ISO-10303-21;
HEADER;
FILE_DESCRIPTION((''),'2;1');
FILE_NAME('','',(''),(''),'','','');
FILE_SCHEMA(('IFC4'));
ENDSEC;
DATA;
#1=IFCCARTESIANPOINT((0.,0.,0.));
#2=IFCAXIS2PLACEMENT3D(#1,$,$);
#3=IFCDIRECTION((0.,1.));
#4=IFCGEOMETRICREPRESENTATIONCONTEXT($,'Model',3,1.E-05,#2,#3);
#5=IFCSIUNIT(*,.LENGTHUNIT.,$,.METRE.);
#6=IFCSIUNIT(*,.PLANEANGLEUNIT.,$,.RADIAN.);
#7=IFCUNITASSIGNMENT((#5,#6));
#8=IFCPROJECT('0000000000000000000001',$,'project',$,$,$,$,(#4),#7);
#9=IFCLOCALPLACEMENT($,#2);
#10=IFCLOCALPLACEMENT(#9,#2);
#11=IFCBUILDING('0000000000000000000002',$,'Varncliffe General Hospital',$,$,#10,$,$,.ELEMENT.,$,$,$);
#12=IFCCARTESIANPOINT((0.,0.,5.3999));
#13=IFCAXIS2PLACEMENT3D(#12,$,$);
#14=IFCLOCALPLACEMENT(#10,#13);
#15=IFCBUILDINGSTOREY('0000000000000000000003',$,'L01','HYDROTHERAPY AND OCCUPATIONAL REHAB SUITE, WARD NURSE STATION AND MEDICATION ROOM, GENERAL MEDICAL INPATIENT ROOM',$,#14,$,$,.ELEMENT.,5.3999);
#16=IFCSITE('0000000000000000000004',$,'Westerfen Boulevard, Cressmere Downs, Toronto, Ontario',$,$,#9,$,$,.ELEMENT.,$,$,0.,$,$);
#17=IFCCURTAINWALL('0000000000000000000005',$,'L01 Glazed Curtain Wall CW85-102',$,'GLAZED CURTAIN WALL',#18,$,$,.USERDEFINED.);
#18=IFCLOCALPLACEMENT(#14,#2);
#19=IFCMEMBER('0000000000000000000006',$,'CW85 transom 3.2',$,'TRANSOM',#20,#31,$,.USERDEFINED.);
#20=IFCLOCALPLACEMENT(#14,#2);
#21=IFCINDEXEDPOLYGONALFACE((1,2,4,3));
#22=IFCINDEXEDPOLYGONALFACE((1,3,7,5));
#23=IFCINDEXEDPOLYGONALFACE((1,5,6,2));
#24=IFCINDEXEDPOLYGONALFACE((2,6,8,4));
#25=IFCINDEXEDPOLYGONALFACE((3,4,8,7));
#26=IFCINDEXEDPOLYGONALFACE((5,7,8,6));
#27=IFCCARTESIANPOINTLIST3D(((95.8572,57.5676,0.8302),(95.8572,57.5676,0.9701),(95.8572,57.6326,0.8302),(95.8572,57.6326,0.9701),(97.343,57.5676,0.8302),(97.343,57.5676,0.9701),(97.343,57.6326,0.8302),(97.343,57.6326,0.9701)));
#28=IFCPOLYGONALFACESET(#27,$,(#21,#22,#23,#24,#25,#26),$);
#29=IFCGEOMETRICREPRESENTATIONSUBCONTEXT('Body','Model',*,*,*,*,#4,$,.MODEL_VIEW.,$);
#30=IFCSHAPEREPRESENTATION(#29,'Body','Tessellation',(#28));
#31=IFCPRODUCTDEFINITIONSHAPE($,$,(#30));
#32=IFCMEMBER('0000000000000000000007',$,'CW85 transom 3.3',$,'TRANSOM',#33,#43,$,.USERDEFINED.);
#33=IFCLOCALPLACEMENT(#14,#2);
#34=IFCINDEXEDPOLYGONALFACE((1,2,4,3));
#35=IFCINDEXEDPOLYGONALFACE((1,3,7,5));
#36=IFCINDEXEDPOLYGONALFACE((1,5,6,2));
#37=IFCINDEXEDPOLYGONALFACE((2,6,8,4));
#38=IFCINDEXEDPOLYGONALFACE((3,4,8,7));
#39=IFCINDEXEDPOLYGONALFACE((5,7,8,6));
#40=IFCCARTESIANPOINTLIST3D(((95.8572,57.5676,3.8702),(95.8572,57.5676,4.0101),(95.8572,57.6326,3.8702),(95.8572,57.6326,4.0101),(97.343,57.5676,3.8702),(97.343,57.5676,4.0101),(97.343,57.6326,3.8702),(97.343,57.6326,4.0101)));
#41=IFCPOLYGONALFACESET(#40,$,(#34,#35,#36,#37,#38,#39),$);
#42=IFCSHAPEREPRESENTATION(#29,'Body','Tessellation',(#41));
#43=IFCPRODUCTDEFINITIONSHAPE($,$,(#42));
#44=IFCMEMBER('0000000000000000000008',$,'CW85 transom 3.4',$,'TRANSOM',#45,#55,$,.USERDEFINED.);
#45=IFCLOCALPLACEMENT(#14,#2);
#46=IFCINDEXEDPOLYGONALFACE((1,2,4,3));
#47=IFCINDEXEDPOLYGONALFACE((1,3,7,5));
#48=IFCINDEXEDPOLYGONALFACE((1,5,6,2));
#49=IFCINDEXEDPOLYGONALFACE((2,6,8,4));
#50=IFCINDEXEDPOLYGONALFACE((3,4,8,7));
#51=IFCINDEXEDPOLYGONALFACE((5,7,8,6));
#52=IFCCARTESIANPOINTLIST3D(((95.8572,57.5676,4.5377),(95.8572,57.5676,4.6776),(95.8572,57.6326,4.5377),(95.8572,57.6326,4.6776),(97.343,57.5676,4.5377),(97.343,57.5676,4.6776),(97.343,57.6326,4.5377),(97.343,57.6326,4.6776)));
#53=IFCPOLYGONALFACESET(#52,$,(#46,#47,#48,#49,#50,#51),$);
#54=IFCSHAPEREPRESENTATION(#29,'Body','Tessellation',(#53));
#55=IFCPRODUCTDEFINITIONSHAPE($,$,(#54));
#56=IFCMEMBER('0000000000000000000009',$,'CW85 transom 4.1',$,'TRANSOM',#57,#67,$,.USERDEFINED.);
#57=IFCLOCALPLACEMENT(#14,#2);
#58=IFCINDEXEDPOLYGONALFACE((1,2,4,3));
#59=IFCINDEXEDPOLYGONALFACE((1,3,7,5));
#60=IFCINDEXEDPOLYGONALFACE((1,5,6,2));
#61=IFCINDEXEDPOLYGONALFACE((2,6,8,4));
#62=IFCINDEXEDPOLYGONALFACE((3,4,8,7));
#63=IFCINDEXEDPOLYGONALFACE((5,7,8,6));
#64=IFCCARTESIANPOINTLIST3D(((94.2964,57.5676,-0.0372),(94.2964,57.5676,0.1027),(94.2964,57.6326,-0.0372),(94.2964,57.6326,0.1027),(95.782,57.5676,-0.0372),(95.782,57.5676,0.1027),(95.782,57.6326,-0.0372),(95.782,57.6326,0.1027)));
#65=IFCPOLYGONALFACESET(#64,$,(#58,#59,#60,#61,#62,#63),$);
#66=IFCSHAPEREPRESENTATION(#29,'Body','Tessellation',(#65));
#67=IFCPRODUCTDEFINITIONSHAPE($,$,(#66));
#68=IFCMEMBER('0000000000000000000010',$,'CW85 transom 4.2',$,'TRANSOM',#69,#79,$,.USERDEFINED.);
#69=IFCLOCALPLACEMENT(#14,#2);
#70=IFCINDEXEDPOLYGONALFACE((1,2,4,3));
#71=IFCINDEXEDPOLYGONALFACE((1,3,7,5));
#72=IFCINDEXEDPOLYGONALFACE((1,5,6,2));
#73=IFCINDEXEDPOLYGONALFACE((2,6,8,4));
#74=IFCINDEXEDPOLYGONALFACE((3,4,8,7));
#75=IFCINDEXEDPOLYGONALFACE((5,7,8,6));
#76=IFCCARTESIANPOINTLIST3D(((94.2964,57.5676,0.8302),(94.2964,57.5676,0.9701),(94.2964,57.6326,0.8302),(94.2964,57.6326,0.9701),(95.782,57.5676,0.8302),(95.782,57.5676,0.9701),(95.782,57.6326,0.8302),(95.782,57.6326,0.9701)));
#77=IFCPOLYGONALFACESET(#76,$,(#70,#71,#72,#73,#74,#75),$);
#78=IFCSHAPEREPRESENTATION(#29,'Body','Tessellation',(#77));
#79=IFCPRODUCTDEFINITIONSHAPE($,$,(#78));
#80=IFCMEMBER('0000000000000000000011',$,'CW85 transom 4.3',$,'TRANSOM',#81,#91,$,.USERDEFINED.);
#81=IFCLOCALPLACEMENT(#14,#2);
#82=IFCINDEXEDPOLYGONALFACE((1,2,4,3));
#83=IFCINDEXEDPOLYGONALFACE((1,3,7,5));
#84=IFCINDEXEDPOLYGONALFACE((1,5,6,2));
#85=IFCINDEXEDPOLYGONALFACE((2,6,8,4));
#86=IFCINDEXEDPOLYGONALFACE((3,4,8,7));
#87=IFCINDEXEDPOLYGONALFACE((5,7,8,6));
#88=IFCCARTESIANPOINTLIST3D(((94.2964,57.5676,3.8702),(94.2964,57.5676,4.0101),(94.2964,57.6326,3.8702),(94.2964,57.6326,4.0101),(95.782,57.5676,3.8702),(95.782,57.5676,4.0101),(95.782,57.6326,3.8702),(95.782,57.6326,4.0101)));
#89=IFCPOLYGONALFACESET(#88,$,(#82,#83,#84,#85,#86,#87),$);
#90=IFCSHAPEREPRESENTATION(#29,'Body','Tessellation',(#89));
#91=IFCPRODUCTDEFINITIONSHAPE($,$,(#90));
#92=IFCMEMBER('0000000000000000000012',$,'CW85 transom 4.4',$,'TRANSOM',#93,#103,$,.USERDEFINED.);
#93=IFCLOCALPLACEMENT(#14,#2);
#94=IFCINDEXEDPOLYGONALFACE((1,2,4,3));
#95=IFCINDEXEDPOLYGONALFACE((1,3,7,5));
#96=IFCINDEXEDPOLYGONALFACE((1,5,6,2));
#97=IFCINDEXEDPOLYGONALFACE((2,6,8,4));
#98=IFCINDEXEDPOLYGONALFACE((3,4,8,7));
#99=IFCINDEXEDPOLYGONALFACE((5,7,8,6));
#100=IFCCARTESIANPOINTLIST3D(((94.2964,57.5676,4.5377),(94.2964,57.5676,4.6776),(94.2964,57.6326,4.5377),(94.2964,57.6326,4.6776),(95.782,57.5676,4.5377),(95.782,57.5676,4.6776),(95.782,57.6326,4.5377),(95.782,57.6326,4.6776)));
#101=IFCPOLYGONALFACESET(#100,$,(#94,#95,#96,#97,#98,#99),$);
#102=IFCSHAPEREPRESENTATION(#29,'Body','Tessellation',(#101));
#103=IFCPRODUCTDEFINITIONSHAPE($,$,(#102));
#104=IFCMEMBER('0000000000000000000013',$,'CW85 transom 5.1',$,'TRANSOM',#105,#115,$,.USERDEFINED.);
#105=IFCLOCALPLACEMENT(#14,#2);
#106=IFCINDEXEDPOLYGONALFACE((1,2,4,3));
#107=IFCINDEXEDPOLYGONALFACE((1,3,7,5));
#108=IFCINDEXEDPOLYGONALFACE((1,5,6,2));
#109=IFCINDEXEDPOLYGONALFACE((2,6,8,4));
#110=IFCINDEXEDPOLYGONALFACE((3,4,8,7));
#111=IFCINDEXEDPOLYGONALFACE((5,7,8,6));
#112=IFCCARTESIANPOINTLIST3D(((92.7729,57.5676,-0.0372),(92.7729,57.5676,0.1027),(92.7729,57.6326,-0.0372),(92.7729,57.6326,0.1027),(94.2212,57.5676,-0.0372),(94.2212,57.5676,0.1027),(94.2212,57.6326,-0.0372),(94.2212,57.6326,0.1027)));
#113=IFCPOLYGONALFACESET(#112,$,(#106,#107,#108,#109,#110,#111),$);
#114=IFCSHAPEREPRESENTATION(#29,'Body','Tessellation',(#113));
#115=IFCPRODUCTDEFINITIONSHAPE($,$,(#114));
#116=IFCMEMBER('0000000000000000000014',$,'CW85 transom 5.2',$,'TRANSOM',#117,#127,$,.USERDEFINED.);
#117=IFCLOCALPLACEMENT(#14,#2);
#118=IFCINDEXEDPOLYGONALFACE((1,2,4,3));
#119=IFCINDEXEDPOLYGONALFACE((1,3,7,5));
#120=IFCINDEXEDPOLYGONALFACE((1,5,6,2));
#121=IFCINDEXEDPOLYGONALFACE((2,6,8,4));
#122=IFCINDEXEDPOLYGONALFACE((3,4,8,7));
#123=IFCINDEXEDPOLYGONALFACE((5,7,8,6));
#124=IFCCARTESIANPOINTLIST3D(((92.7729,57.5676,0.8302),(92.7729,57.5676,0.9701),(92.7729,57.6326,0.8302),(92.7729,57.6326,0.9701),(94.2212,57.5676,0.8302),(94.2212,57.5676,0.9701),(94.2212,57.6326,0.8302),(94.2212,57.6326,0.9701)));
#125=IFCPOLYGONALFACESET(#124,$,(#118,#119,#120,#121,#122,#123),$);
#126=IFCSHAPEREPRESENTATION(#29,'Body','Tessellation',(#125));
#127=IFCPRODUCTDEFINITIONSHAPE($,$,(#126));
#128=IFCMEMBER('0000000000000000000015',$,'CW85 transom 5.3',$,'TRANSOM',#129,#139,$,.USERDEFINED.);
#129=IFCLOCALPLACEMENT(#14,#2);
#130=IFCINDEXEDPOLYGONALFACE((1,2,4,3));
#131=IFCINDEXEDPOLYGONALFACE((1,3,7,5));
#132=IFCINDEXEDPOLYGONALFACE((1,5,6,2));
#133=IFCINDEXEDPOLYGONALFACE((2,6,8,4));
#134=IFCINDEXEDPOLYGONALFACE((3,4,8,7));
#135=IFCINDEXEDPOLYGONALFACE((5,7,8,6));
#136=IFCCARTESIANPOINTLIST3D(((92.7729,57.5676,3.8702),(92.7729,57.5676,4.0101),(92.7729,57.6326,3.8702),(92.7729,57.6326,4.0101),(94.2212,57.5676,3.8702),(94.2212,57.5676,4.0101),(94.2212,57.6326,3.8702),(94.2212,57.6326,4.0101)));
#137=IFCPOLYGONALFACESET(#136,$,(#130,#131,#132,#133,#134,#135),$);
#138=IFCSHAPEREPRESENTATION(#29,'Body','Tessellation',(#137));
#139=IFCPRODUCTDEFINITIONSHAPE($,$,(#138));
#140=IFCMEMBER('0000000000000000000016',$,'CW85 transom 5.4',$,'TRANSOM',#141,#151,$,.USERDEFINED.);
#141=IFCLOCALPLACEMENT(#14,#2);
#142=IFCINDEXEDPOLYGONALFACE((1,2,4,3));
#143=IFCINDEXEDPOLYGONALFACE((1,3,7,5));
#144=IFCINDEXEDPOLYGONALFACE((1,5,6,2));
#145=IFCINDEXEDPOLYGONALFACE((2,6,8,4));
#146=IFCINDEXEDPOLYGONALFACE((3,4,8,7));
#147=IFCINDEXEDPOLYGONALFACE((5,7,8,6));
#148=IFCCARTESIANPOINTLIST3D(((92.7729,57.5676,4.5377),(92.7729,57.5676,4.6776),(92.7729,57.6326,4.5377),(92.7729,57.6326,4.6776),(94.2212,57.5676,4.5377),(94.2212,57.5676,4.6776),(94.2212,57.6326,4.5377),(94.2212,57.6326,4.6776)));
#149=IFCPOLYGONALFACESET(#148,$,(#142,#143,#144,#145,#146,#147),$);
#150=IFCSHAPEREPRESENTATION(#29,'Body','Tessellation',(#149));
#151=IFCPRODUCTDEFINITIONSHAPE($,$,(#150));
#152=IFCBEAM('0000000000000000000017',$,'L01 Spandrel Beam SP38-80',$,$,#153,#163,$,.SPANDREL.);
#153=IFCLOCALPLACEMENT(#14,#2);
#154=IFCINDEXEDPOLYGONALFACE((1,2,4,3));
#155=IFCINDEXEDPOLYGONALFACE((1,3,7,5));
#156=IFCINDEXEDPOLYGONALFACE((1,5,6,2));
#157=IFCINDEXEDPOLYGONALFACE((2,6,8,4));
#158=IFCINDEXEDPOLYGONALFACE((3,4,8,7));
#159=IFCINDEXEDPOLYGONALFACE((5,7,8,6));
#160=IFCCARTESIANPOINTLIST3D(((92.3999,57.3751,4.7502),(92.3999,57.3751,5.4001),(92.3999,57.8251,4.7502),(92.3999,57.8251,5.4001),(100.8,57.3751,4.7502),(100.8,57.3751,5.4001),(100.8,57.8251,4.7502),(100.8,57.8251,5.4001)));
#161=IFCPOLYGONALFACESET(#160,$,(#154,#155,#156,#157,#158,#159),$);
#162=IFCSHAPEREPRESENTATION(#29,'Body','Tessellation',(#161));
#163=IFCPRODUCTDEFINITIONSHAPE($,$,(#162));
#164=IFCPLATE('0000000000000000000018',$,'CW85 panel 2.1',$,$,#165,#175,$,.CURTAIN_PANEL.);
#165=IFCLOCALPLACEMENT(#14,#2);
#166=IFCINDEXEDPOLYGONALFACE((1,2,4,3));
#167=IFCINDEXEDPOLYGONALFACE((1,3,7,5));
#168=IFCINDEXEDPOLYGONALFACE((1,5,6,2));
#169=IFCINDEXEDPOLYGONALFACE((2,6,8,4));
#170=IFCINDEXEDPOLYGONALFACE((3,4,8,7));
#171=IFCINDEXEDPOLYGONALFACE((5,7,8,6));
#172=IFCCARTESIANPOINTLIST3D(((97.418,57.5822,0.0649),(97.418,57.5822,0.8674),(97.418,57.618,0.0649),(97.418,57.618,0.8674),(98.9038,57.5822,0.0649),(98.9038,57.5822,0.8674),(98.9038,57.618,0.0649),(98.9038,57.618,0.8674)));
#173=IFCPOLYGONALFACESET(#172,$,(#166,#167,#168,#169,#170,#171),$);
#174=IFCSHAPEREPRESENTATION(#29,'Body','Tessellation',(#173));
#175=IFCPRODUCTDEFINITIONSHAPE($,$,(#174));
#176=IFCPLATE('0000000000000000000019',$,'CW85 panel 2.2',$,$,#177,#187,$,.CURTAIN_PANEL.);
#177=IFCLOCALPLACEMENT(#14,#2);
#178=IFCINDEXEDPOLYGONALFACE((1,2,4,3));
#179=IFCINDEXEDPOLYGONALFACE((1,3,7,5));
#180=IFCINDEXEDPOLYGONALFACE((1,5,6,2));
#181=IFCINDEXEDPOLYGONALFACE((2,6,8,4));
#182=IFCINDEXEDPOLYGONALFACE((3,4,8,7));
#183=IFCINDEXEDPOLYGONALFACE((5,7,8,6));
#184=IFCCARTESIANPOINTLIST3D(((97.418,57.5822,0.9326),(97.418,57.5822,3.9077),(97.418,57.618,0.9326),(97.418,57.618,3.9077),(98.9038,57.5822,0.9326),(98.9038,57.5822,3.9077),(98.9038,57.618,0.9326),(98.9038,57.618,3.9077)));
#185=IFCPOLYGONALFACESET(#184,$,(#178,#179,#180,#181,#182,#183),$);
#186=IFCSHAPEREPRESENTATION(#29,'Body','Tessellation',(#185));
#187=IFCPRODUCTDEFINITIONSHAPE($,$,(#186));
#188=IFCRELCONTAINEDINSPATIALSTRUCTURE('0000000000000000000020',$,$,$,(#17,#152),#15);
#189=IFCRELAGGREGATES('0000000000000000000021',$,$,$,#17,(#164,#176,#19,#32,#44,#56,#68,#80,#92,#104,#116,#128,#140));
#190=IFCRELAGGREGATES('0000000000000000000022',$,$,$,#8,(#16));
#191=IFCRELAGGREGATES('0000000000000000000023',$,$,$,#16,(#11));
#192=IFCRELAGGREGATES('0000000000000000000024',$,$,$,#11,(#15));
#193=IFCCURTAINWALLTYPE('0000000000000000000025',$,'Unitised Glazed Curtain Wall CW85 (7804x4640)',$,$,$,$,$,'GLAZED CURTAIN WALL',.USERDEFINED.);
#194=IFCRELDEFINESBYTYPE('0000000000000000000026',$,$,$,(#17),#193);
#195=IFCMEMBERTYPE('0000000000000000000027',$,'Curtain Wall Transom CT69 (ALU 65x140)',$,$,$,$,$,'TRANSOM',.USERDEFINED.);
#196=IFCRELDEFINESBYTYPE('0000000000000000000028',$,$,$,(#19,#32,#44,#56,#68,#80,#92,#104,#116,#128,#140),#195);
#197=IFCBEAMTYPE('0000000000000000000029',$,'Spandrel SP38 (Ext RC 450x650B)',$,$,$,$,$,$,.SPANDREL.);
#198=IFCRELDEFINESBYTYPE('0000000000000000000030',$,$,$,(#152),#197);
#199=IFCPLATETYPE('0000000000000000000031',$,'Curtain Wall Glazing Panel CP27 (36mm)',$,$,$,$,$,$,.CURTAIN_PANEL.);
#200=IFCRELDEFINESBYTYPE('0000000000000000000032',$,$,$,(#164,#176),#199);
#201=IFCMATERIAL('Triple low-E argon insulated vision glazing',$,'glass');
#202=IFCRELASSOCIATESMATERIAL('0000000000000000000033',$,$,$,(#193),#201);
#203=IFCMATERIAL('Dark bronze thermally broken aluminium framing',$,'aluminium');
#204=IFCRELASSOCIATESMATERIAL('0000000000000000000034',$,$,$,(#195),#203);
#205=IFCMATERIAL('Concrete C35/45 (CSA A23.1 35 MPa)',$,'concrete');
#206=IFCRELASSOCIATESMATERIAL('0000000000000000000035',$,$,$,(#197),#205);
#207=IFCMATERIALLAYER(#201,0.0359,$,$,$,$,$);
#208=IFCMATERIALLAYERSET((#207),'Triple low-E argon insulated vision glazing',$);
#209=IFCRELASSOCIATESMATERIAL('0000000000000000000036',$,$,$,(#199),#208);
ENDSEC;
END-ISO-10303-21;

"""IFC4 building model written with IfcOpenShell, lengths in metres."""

from ifc_helpers import new_model, si_unit, direction, frame, origin, origin_2d, place, context, subcontext, project, spatial, rectangle, extrude, material, layer, layer_set, material_profile, profile_set, type_object, element, aggregate, save


model = new_model("IFC4")

# Units and contexts
model_context = context("Model", 3, precision=1e-05, world=origin(), true_north=direction((0.0, 1.0)))
body_context = subcontext(model_context, "Body", "Model", "MODEL_VIEW")
ifc_project = project(units=[si_unit("LENGTHUNIT", "METRE"), si_unit("PLANEANGLEUNIT", "RADIAN")], contexts=[model_context])

# Site, building, storey
site_placement = place(None, origin())
site = spatial("IfcSite", under=ifc_project, at=site_placement, Name="Westerfen Boulevard, Cressmere Downs, Toronto, Ontario", CompositionType="ELEMENT", RefElevation=0.0)
building_placement = place(site_placement, origin())
building = spatial("IfcBuilding", under=site, at=building_placement, Name="Varncliffe General Hospital", CompositionType="ELEMENT")
storey_placement = place(building_placement, frame((0.0, 0.0, 5.3999)))
storey = spatial("IfcBuildingStorey", under=building, at=storey_placement, Name="L01", Description="HYDROTHERAPY AND OCCUPATIONAL REHAB SUITE, WARD NURSE STATION AND MEDICATION ROOM, GENERAL MEDICAL INPATIENT ROOM", CompositionType="ELEMENT", Elevation=5.3999)

# Shared definitions
ifc_material_1 = material(Name="Concrete C35/45 (CSA A23.1 35 MPa)", Category="concrete")

# Shared definitions
ifc_material_2 = material(Name="Triple low-E argon insulated vision glazing", Category="glass")
ifc_material_3 = material(Name="Dark bronze thermally broken aluminium framing", Category="aluminium")

# Curtain wall
curtain_wall_type_1 = type_object("IfcCurtainWallType", Name="Unitised Glazed Curtain Wall CW85 (7804x4640)", ElementType="GLAZED CURTAIN WALL", PredefinedType="USERDEFINED", material=ifc_material_2)
curtain_wall_1_placement = place(storey_placement, origin())
curtain_wall_1 = element("IfcCurtainWall", 1, at=curtain_wall_1_placement, inside=storey, type_object=curtain_wall_type_1, Name="L01 Glazed Curtain Wall CW85-102", ObjectType="GLAZED CURTAIN WALL", PredefinedType="USERDEFINED")

# Members
ifc_material_profile_1 = material_profile(ifc_material_3, rectangle(XDim=0.0649, YDim=0.1399, at=origin_2d()), Name="ALU 65x140")
ifc_profile_set_1 = profile_set([ifc_material_profile_1], Name="Dark bronze thermally broken aluminium framing")
member_type_1 = type_object("IfcMemberType", Name="Curtain Wall Transom CT69 (ALU 65x140)", ElementType="TRANSOM", PredefinedType="USERDEFINED", material=ifc_profile_set_1)
member_1_placement = place(storey_placement, frame((97.343, 57.6001, 0.9001), z_axis=(-1.0, 0.0, 0.0), x_axis=(0.0, -1.0, 0.0)))
member_1 = element("IfcMember", 2, at=member_1_placement, type_object=member_type_1, Name="CW85 transom 3.2", ObjectType="TRANSOM", PredefinedType="USERDEFINED", context=body_context, shape_type="SweptSolid", body=[
    extrude(rectangle(XDim=0.0649, YDim=0.1399, at=origin_2d()), origin(), (0.0, 0.0, 1.0), 1.4858),
])
member_2_placement = place(storey_placement, frame((97.343, 57.6001, 3.9402), z_axis=(-1.0, 0.0, 0.0), x_axis=(0.0, -1.0, 0.0)))
member_2 = element("IfcMember", 3, at=member_2_placement, type_object=member_type_1, Name="CW85 transom 3.3", ObjectType="TRANSOM", PredefinedType="USERDEFINED", context=body_context, shape_type="SweptSolid", body=[
    extrude(rectangle(XDim=0.0649, YDim=0.1399, at=origin_2d()), origin(), (0.0, 0.0, 1.0), 1.4858),
])
member_3_placement = place(storey_placement, frame((97.343, 57.6001, 4.6077), z_axis=(-1.0, 0.0, 0.0), x_axis=(0.0, -1.0, 0.0)))
member_3 = element("IfcMember", 4, at=member_3_placement, type_object=member_type_1, Name="CW85 transom 3.4", ObjectType="TRANSOM", PredefinedType="USERDEFINED", context=body_context, shape_type="SweptSolid", body=[
    extrude(rectangle(XDim=0.0649, YDim=0.1399, at=origin_2d()), origin(), (0.0, 0.0, 1.0), 1.4858),
])
member_4_placement = place(storey_placement, frame((95.782, 57.6001, 0.0327), z_axis=(-1.0, 0.0, 0.0), x_axis=(0.0, -1.0, 0.0)))
member_4 = element("IfcMember", 5, at=member_4_placement, type_object=member_type_1, Name="CW85 transom 4.1", ObjectType="TRANSOM", PredefinedType="USERDEFINED", context=body_context, shape_type="SweptSolid", body=[
    extrude(rectangle(XDim=0.0649, YDim=0.1399, at=origin_2d()), origin(), (0.0, 0.0, 1.0), 1.4856),
])
member_5_placement = place(storey_placement, frame((95.782, 57.6001, 0.9001), z_axis=(-1.0, 0.0, 0.0), x_axis=(0.0, -1.0, 0.0)))
member_5 = element("IfcMember", 6, at=member_5_placement, type_object=member_type_1, Name="CW85 transom 4.2", ObjectType="TRANSOM", PredefinedType="USERDEFINED", context=body_context, shape_type="SweptSolid", body=[
    extrude(rectangle(XDim=0.0649, YDim=0.1399, at=origin_2d()), origin(), (0.0, 0.0, 1.0), 1.4856),
])
member_6_placement = place(storey_placement, frame((95.782, 57.6001, 3.9402), z_axis=(-1.0, 0.0, 0.0), x_axis=(0.0, -1.0, 0.0)))
member_6 = element("IfcMember", 7, at=member_6_placement, type_object=member_type_1, Name="CW85 transom 4.3", ObjectType="TRANSOM", PredefinedType="USERDEFINED", context=body_context, shape_type="SweptSolid", body=[
    extrude(rectangle(XDim=0.0649, YDim=0.1399, at=origin_2d()), origin(), (0.0, 0.0, 1.0), 1.4856),
])
member_7_placement = place(storey_placement, frame((95.782, 57.6001, 4.6077), z_axis=(-1.0, 0.0, 0.0), x_axis=(0.0, -1.0, 0.0)))
member_7 = element("IfcMember", 8, at=member_7_placement, type_object=member_type_1, Name="CW85 transom 4.4", ObjectType="TRANSOM", PredefinedType="USERDEFINED", context=body_context, shape_type="SweptSolid", body=[
    extrude(rectangle(XDim=0.0649, YDim=0.1399, at=origin_2d()), origin(), (0.0, 0.0, 1.0), 1.4856),
])
member_8_placement = place(storey_placement, frame((94.2212, 57.6001, 0.0327), z_axis=(-1.0, 0.0, 0.0), x_axis=(0.0, -1.0, 0.0)))
member_8 = element("IfcMember", 9, at=member_8_placement, type_object=member_type_1, Name="CW85 transom 5.1", ObjectType="TRANSOM", PredefinedType="USERDEFINED", context=body_context, shape_type="SweptSolid", body=[
    extrude(rectangle(XDim=0.0649, YDim=0.1399, at=origin_2d()), origin(), (0.0, 0.0, 1.0), 1.4482),
])
member_9_placement = place(storey_placement, frame((94.2212, 57.6001, 0.9001), z_axis=(-1.0, 0.0, 0.0), x_axis=(0.0, -1.0, 0.0)))
member_9 = element("IfcMember", 10, at=member_9_placement, type_object=member_type_1, Name="CW85 transom 5.2", ObjectType="TRANSOM", PredefinedType="USERDEFINED", context=body_context, shape_type="SweptSolid", body=[
    extrude(rectangle(XDim=0.0649, YDim=0.1399, at=origin_2d()), origin(), (0.0, 0.0, 1.0), 1.4482),
])
member_10_placement = place(storey_placement, frame((94.2212, 57.6001, 3.9402), z_axis=(-1.0, 0.0, 0.0), x_axis=(0.0, -1.0, 0.0)))
member_10 = element("IfcMember", 11, at=member_10_placement, type_object=member_type_1, Name="CW85 transom 5.3", ObjectType="TRANSOM", PredefinedType="USERDEFINED", context=body_context, shape_type="SweptSolid", body=[
    extrude(rectangle(XDim=0.0649, YDim=0.1399, at=origin_2d()), origin(), (0.0, 0.0, 1.0), 1.4482),
])
member_11_placement = place(storey_placement, frame((94.2212, 57.6001, 4.6077), z_axis=(-1.0, 0.0, 0.0), x_axis=(0.0, -1.0, 0.0)))
member_11 = element("IfcMember", 12, at=member_11_placement, type_object=member_type_1, Name="CW85 transom 5.4", ObjectType="TRANSOM", PredefinedType="USERDEFINED", context=body_context, shape_type="SweptSolid", body=[
    extrude(rectangle(XDim=0.0649, YDim=0.1399, at=origin_2d()), origin(), (0.0, 0.0, 1.0), 1.4482),
])

# Beam
ifc_material_profile_2 = material_profile(ifc_material_1, rectangle(XDim=0.45, YDim=0.6499, at=origin_2d()), Name="RC 450x650")
ifc_profile_set_2 = profile_set([ifc_material_profile_2], Name="Concrete C35/45 (CSA A23.1 35 MPa)")
beam_type_1 = type_object("IfcBeamType", Name="Spandrel SP38 (Ext RC 450x650B)", PredefinedType="SPANDREL", material=ifc_profile_set_2)
beam_1_placement = place(storey_placement, frame((92.3999, 57.6001, 5.0752), z_axis=(1.0, 0.0, 0.0), x_axis=(0.0, 1.0, 0.0)))
element("IfcBeam", 13, at=beam_1_placement, inside=storey, type_object=beam_type_1, Name="L01 Spandrel Beam SP38-80", PredefinedType="SPANDREL", context=body_context, shape_type="SweptSolid", body=[
    extrude(rectangle(XDim=0.45, YDim=0.6499, at=origin_2d()), origin(), (0.0, 0.0, 1.0), 8.4001),
])

# Plates
ifc_layer = layer(ifc_material_2, 0.0359)
ifc_layer_set = layer_set([ifc_layer], Name="Triple low-E argon insulated vision glazing")
plate_type = type_object("IfcPlateType", Name="Curtain Wall Glazing Panel CP27 (36mm)", PredefinedType="CURTAIN_PANEL", material=ifc_layer_set)
plate_1_placement = place(storey_placement, frame((98.1609, 57.6001, 0.0649), z_axis=(0.0, 0.0, 1.0), x_axis=(-1.0, 0.0, 0.0)))
plate_1 = element("IfcPlate", 14, at=plate_1_placement, type_object=plate_type, Name="CW85 panel 2.1", PredefinedType="CURTAIN_PANEL", context=body_context, shape_type="SweptSolid", body=[
    extrude(rectangle(XDim=1.4858, YDim=0.0359, at=origin_2d()), origin(), (0.0, 0.0, 1.0), 0.8025),
])
plate_2_placement = place(storey_placement, frame((98.1609, 57.6001, 0.9326), z_axis=(0.0, 0.0, 1.0), x_axis=(-1.0, 0.0, 0.0)))
plate_2 = element("IfcPlate", 15, at=plate_2_placement, type_object=plate_type, Name="CW85 panel 2.2", PredefinedType="CURTAIN_PANEL", context=body_context, shape_type="SweptSolid", body=[
    extrude(rectangle(XDim=1.4858, YDim=0.0359, at=origin_2d()), origin(), (0.0, 0.0, 1.0), 2.9751),
])
aggregate(curtain_wall_1, [plate_1, plate_2, member_1, member_2, member_3, member_4, member_5, member_6, member_7, member_8, member_9, member_10, member_11])

save(model, "model.ifc")
